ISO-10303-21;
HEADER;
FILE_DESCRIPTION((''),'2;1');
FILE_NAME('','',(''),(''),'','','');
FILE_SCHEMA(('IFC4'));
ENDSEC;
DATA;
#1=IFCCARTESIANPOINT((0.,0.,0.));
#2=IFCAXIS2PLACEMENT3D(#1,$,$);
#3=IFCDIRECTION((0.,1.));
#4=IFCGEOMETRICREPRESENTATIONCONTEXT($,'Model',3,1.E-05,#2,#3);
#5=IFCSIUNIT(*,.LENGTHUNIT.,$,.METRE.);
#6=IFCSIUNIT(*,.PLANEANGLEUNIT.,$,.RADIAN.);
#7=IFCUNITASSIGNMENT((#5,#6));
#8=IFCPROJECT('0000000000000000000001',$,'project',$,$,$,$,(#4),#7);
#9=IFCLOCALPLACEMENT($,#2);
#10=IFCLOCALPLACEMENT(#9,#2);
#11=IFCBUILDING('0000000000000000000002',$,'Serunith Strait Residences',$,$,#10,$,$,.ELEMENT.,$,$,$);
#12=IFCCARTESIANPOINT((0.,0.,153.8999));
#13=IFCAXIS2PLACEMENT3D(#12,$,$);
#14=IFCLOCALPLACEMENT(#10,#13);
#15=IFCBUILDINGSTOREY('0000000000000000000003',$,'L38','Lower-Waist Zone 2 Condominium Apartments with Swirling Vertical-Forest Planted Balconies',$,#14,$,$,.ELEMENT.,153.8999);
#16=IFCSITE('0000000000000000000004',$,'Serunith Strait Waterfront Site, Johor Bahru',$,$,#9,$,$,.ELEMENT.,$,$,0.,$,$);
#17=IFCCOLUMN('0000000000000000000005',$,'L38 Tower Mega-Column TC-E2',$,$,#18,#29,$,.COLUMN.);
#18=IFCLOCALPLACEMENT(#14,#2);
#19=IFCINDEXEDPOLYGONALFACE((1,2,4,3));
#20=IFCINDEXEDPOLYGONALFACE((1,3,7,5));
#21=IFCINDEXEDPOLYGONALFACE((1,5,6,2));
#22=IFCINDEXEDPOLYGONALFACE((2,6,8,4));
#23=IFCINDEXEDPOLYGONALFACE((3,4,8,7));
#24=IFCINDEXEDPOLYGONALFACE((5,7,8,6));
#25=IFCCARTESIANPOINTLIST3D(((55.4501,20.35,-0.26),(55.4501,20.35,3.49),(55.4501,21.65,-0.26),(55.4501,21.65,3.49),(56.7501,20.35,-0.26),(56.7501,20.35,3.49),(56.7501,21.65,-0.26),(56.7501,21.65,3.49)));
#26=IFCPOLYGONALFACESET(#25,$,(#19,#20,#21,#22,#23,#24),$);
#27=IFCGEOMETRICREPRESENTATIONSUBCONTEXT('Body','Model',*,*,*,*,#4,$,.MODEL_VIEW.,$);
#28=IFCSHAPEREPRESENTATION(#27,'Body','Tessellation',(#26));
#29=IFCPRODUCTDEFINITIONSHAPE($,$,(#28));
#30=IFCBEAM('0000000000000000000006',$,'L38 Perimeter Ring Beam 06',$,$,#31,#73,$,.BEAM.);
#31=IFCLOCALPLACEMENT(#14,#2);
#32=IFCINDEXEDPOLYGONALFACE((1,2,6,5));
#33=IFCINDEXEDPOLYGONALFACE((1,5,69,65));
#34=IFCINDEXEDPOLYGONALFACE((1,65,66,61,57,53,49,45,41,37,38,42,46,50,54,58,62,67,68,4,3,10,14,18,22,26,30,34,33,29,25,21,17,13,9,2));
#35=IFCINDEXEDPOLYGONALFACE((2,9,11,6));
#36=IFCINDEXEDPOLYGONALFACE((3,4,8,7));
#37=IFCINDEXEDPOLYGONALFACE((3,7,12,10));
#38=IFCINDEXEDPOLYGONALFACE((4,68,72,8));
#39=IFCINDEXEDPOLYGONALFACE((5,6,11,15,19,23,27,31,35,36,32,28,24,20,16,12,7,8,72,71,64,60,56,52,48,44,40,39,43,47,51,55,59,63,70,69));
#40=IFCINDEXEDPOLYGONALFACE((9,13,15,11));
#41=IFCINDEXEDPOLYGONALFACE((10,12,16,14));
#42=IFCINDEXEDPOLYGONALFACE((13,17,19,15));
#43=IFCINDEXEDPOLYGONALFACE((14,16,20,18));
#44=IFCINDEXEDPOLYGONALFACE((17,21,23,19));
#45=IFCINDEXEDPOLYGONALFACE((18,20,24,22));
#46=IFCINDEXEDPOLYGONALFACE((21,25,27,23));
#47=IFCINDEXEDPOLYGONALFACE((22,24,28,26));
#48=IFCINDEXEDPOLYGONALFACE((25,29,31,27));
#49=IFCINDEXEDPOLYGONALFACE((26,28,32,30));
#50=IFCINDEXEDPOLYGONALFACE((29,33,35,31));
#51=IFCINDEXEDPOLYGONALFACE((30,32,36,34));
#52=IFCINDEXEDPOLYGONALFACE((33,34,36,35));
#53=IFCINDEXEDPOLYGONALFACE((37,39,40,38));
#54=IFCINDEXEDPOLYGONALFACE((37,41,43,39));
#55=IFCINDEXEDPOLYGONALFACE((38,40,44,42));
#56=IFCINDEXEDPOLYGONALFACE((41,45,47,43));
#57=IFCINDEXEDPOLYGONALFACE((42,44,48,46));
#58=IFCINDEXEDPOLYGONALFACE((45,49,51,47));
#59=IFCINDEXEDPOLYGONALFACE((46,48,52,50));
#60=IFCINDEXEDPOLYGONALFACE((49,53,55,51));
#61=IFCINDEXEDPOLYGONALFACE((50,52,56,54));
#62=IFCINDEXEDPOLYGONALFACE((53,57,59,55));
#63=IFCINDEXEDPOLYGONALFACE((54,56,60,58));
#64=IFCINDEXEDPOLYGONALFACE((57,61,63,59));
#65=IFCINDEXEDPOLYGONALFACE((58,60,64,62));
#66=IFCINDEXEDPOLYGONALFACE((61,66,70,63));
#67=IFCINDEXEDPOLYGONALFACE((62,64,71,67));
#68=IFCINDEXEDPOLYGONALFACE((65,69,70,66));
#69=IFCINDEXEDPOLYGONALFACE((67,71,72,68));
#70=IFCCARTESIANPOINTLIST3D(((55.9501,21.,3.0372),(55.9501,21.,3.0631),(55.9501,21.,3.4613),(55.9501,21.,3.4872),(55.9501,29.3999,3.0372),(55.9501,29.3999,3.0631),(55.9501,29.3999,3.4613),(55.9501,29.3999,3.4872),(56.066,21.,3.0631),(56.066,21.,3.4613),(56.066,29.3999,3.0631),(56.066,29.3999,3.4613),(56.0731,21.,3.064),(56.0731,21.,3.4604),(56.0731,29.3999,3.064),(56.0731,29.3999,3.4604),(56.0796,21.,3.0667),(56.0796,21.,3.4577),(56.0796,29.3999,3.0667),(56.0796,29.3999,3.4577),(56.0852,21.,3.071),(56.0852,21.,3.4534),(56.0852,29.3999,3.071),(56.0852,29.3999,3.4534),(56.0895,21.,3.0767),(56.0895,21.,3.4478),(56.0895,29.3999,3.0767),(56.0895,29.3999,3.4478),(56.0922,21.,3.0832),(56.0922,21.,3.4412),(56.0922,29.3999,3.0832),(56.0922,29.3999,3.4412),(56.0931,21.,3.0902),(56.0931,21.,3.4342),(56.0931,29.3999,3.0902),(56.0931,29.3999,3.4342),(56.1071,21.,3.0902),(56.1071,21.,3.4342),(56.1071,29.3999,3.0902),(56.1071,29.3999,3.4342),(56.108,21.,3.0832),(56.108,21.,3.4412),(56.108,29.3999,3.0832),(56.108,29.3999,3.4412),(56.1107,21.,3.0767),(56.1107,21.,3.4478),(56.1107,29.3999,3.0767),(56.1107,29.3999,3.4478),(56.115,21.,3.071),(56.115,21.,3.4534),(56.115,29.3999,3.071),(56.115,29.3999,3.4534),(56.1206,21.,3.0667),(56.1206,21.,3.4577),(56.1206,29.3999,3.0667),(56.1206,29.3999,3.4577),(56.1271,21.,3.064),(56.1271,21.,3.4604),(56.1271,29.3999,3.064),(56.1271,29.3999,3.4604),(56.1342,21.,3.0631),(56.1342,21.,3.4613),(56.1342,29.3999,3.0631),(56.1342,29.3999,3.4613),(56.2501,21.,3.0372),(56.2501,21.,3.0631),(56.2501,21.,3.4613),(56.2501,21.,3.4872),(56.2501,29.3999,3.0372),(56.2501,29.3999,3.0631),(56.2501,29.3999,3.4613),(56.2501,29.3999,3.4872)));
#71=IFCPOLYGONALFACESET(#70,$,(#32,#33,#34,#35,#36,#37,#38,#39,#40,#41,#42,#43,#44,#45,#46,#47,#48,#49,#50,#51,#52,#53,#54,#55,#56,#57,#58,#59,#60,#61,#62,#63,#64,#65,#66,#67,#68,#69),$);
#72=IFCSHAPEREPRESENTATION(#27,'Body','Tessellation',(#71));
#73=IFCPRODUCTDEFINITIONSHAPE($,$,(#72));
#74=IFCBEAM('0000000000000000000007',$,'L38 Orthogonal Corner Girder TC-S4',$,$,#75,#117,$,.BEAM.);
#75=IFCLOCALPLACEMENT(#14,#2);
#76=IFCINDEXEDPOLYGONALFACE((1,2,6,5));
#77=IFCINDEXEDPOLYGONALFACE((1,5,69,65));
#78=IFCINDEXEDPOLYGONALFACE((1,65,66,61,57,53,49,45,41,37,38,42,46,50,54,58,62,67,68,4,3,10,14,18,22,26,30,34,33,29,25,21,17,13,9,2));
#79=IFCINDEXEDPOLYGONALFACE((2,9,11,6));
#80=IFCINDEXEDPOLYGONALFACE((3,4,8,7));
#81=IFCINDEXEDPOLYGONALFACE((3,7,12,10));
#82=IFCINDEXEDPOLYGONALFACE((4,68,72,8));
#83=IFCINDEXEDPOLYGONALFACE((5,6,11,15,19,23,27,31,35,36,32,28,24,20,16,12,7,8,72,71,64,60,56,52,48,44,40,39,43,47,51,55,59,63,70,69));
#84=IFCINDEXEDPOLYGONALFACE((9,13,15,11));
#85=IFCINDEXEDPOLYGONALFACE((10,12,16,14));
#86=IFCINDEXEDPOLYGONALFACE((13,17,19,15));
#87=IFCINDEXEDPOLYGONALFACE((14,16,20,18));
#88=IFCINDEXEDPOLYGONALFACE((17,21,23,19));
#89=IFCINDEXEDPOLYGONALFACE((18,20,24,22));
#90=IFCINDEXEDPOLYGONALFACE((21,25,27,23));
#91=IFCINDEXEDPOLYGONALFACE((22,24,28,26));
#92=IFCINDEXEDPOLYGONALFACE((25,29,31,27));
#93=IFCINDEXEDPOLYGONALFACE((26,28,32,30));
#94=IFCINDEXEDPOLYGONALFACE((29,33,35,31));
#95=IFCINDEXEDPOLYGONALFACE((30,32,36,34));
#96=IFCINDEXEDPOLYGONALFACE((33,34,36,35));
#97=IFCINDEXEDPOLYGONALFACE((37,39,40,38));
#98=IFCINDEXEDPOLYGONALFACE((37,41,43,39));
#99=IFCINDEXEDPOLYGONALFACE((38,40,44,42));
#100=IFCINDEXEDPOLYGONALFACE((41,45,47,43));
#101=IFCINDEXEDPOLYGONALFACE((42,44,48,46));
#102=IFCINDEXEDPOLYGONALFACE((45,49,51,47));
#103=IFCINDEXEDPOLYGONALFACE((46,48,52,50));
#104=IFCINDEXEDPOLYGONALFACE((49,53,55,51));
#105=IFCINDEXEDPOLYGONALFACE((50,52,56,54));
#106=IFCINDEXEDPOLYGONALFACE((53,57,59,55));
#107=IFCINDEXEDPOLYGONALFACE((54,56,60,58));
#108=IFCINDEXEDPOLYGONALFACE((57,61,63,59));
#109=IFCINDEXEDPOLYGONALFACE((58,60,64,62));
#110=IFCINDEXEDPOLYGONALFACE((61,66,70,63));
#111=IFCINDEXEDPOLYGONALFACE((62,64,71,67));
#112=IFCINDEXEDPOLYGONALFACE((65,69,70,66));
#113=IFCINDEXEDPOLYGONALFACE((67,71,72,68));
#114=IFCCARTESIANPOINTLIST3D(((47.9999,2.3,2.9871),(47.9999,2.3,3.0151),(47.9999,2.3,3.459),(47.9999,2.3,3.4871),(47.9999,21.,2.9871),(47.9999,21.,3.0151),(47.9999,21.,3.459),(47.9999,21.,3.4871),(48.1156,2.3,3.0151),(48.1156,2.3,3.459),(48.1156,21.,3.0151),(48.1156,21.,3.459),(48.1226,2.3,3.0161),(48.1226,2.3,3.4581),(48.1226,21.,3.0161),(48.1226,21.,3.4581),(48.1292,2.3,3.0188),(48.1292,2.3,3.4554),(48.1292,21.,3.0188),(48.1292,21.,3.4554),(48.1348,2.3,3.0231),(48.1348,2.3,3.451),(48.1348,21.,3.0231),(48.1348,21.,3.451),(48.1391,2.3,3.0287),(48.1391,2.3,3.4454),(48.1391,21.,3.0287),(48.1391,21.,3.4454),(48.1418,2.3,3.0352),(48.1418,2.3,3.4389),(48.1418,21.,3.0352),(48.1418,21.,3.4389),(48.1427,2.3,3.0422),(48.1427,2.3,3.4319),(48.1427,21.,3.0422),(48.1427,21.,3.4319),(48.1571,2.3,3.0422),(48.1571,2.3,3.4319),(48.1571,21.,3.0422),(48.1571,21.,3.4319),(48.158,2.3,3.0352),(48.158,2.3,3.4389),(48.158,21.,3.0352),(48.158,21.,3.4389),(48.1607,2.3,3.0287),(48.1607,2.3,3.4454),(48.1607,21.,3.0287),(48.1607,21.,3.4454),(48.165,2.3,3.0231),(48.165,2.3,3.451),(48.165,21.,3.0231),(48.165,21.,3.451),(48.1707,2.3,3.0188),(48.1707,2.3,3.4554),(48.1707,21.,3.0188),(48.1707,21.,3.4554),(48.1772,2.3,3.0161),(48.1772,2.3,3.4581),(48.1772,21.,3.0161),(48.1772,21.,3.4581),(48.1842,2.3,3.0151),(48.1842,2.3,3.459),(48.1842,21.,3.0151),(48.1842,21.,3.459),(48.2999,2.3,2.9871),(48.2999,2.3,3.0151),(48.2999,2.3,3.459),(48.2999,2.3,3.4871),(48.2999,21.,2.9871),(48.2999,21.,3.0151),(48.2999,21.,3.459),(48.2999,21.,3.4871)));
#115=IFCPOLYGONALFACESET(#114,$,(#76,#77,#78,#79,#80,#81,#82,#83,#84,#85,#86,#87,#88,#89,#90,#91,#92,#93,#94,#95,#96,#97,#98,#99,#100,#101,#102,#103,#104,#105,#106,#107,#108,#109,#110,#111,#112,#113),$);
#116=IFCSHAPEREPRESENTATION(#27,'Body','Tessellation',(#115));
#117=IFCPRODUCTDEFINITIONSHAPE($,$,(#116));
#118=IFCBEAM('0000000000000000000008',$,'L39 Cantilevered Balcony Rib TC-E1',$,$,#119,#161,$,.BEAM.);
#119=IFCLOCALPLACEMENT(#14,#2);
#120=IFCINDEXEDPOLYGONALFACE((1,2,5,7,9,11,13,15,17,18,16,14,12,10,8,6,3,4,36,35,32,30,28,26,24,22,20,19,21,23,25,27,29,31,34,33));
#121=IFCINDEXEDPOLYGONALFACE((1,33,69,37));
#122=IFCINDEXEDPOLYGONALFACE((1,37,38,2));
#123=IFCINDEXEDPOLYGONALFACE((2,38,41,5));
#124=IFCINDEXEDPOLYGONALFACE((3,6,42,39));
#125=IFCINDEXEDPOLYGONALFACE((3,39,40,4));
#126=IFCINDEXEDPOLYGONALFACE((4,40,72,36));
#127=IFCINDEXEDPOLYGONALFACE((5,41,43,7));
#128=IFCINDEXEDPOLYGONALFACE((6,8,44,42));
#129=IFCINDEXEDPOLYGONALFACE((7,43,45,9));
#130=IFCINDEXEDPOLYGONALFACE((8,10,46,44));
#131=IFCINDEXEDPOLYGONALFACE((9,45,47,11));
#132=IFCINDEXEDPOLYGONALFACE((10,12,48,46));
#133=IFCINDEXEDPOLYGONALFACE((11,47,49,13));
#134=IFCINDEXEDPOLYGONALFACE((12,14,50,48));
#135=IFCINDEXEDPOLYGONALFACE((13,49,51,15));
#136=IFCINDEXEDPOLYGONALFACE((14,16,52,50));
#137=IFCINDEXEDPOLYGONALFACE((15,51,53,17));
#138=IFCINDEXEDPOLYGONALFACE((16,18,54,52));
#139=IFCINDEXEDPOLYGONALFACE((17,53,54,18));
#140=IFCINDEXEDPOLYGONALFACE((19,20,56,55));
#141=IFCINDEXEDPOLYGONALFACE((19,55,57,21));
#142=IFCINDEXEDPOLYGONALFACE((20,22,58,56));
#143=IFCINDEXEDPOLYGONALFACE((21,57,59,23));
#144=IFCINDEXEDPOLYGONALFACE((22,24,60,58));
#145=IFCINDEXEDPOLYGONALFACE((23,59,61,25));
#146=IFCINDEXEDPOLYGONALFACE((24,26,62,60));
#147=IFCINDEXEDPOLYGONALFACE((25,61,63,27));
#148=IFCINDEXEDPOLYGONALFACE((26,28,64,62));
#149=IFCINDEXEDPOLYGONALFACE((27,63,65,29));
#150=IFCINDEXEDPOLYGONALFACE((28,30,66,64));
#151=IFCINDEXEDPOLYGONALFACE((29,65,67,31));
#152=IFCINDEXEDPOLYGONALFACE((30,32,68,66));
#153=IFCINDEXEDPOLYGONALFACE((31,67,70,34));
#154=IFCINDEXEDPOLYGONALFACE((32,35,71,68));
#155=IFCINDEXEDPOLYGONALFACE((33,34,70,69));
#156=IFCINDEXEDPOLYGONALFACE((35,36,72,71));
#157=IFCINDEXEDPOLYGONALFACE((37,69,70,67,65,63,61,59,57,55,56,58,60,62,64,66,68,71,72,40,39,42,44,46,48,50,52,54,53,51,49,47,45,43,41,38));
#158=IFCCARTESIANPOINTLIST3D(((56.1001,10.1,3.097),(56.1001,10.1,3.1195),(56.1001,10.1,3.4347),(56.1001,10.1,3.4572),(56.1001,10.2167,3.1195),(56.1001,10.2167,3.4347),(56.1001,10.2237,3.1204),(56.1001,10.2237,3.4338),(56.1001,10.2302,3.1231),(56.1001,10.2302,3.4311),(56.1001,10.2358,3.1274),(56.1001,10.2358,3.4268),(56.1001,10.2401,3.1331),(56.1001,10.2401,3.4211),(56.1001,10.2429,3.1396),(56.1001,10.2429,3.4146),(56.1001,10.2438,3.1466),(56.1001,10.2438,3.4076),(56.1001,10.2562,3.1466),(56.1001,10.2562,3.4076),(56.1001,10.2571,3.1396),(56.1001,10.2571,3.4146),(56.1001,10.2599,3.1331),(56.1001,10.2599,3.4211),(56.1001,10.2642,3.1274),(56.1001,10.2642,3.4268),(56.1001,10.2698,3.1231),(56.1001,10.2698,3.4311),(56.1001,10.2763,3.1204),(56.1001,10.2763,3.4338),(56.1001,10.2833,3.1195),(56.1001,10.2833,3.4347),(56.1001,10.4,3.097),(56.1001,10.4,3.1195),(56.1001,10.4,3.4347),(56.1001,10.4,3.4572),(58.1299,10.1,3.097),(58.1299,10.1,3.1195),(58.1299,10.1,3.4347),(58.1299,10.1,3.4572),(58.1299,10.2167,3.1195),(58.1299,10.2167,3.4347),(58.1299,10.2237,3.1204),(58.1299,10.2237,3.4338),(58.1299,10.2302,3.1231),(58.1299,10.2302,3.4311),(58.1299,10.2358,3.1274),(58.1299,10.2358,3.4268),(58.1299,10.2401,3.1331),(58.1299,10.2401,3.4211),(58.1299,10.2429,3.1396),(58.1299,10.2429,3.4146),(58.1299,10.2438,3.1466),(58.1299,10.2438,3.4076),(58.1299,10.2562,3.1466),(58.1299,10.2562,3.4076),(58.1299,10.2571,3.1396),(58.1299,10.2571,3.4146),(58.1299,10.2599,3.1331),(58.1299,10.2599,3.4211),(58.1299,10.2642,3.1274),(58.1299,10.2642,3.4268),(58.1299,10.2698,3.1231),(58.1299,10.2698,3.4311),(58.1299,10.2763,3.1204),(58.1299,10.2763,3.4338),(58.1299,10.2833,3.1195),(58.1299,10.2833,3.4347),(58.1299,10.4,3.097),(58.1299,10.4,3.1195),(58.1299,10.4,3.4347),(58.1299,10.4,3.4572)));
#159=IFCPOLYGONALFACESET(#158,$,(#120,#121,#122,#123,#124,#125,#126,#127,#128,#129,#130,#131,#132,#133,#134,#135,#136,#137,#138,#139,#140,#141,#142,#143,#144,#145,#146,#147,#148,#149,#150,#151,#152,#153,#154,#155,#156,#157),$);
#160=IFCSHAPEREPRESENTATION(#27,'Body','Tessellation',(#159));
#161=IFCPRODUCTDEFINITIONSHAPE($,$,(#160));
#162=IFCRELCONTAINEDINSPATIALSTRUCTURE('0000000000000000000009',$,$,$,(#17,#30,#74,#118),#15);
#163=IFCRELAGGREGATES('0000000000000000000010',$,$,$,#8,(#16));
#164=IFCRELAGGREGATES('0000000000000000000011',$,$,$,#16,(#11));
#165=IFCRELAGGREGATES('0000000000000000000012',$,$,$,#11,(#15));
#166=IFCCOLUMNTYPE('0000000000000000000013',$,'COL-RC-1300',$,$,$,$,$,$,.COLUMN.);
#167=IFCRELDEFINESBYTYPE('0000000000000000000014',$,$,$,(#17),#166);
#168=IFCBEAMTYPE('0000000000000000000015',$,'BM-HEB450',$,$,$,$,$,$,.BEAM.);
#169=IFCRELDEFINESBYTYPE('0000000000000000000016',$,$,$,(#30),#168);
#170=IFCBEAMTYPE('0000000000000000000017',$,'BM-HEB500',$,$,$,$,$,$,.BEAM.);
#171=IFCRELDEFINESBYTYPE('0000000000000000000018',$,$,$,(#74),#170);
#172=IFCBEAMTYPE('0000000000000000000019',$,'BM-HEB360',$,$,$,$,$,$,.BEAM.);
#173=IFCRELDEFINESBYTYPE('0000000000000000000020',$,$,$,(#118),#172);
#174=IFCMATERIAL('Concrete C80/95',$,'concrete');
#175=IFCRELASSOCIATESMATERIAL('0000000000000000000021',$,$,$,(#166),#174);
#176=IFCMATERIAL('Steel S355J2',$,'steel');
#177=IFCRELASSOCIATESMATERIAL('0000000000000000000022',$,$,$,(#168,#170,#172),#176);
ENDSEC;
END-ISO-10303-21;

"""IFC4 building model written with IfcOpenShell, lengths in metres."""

from ifc_helpers import new_model, si_unit, direction, frame, origin, origin_2d, place, context, subcontext, project, spatial, rectangle, i_section, extrude, source, transform, mapped, material, material_profile, profile_set, type_object, element, save


model = new_model("IFC4")

# Units and contexts
model_context = context("Model", 3, precision=1e-05, world=origin(), true_north=direction((0.0, 1.0)))
body_context = subcontext(model_context, "Body", "Model", "MODEL_VIEW")
ifc_project = project(units=[si_unit("LENGTHUNIT", "METRE"), si_unit("PLANEANGLEUNIT", "RADIAN")], contexts=[model_context])

# Site, building, storey
site_placement = place(None, origin())
site = spatial("IfcSite", under=ifc_project, at=site_placement, Name="Serunith Strait Waterfront Site, Johor Bahru", CompositionType="ELEMENT", RefElevation=0.0)
building_placement = place(site_placement, origin())
building = spatial("IfcBuilding", under=site, at=building_placement, Name="Serunith Strait Residences", CompositionType="ELEMENT")
storey_placement = place(building_placement, frame((0.0, 0.0, 153.8999)))
storey = spatial("IfcBuildingStorey", under=building, at=storey_placement, Name="L38", Description="Lower-Waist Zone 2 Condominium Apartments with Swirling Vertical-Forest Planted Balconies", CompositionType="ELEMENT", Elevation=153.8999)

# Column
ifc_material_1 = material(Name="Concrete C80/95", Category="concrete")
ifc_material_profile_1 = material_profile(ifc_material_1, rectangle(XDim=1.3, YDim=1.3, at=origin_2d()), Name="RC 1300x1300")
ifc_profile_set_1 = profile_set([ifc_material_profile_1], Name="Concrete C80/95")
column_type = type_object("IfcColumnType", Name="COL-RC-1300", PredefinedType="COLUMN", material=ifc_profile_set_1)
shared_shape_1 = source(origin(), body_context, "Body", "SweptSolid", [
    extrude(rectangle(XDim=1.3, YDim=1.3, at=origin_2d()), origin(), (0.0, 0.0, 1.0), 3.75),
])
column_placement = place(storey_placement, frame((56.1001, 21.0, -0.26), z_axis=(0.0, 0.0, 1.0), x_axis=(1.0, 0.0, 0.0)))
element("IfcColumn", 1, at=column_placement, inside=storey, type_object=column_type, Name="L38 Tower Mega-Column TC-E2", PredefinedType="COLUMN", context=body_context, shape_type="MappedRepresentation", body=[
    mapped(shared_shape_1, transform((0.0, 0.0, 0.0), scale=1.0)),
])

# Beams
ifc_material_2 = material(Name="Steel S355J2", Category="steel")
ifc_material_profile_2 = material_profile(ifc_material_2, i_section(OverallWidth=0.3, OverallDepth=0.45, WebThickness=0.0139, FlangeThickness=0.0259, FilletRadius=0.0271, at=origin_2d()), Name="HEB 450")
ifc_profile_set_2 = profile_set([ifc_material_profile_2], Name="Steel S355J2")
beam_type_1 = type_object("IfcBeamType", Name="BM-HEB450", PredefinedType="BEAM", material=ifc_profile_set_2)
shared_shape_2 = source(origin(), body_context, "Body", "SweptSolid", [
    extrude(i_section(OverallWidth=0.3, OverallDepth=0.45, WebThickness=0.0139, FlangeThickness=0.0259, FilletRadius=0.0271, at=origin_2d()), origin(), (0.0, 0.0, 1.0), 8.3999),
])
beam_1_placement = place(storey_placement, frame((56.1001, 21.0, 3.2622), z_axis=(0.0, 1.0, 0.0), x_axis=(-1.0, 0.0, 0.0)))
element("IfcBeam", 2, at=beam_1_placement, inside=storey, type_object=beam_type_1, Name="L38 Perimeter Ring Beam 06", PredefinedType="BEAM", context=body_context, shape_type="MappedRepresentation", body=[
    mapped(shared_shape_2, transform((0.0, 0.0, 0.0), scale=1.0)),
])
ifc_material_profile_3 = material_profile(ifc_material_2, i_section(OverallWidth=0.3, OverallDepth=0.5, WebThickness=0.0144, FlangeThickness=0.0281, FilletRadius=0.0271, at=origin_2d()), Name="HEB 500")
ifc_profile_set_3 = profile_set([ifc_material_profile_3], Name="Steel S355J2")
beam_type_2 = type_object("IfcBeamType", Name="BM-HEB500", PredefinedType="BEAM", material=ifc_profile_set_3)
shared_shape_3 = source(origin(), body_context, "Body", "SweptSolid", [
    extrude(i_section(OverallWidth=0.3, OverallDepth=0.5, WebThickness=0.0144, FlangeThickness=0.0281, FilletRadius=0.0271, at=origin_2d()), origin(), (0.0, 0.0, 1.0), 18.7),
])
beam_2_placement = place(storey_placement, frame((48.1499, 21.0, 3.2371), z_axis=(0.0, -1.0, 0.0), x_axis=(1.0, 0.0, 0.0)))
element("IfcBeam", 3, at=beam_2_placement, inside=storey, type_object=beam_type_2, Name="L38 Orthogonal Corner Girder TC-S4", PredefinedType="BEAM", context=body_context, shape_type="MappedRepresentation", body=[
    mapped(shared_shape_3, transform((0.0, 0.0, 0.0), scale=1.0)),
])
ifc_material_profile_4 = material_profile(ifc_material_2, i_section(OverallWidth=0.3, OverallDepth=0.3601, WebThickness=0.0125, FlangeThickness=0.0225, FilletRadius=0.0271, at=origin_2d()), Name="HEB 360")
ifc_profile_set_4 = profile_set([ifc_material_profile_4], Name="Steel S355J2")
beam_type_3 = type_object("IfcBeamType", Name="BM-HEB360", PredefinedType="BEAM", material=ifc_profile_set_4)
shared_shape_4 = source(origin(), body_context, "Body", "SweptSolid", [
    extrude(i_section(OverallWidth=0.3, OverallDepth=0.3601, WebThickness=0.0125, FlangeThickness=0.0225, FilletRadius=0.0271, at=origin_2d()), origin(), (0.0, 0.0, 1.0), 2.0298),
])
for number, where, z_axis, x_axis, name in (
    (4, (56.1001, 10.25, 3.2771), (1.0, 0.0, 0.0), (0.0, 1.0, 0.0), "L39 Cantilevered Balcony Rib TC-E1"),
):
    element("IfcBeam", number, at=place(storey_placement, frame(where, z_axis=z_axis, x_axis=x_axis)), inside=storey, type_object=beam_type_3, Name=name, PredefinedType="BEAM", context=body_context, shape_type="MappedRepresentation", body=[
        mapped(shared_shape_4, transform((0.0, 0.0, 0.0), scale=1.0)),
    ])

save(model, "model.ifc")
